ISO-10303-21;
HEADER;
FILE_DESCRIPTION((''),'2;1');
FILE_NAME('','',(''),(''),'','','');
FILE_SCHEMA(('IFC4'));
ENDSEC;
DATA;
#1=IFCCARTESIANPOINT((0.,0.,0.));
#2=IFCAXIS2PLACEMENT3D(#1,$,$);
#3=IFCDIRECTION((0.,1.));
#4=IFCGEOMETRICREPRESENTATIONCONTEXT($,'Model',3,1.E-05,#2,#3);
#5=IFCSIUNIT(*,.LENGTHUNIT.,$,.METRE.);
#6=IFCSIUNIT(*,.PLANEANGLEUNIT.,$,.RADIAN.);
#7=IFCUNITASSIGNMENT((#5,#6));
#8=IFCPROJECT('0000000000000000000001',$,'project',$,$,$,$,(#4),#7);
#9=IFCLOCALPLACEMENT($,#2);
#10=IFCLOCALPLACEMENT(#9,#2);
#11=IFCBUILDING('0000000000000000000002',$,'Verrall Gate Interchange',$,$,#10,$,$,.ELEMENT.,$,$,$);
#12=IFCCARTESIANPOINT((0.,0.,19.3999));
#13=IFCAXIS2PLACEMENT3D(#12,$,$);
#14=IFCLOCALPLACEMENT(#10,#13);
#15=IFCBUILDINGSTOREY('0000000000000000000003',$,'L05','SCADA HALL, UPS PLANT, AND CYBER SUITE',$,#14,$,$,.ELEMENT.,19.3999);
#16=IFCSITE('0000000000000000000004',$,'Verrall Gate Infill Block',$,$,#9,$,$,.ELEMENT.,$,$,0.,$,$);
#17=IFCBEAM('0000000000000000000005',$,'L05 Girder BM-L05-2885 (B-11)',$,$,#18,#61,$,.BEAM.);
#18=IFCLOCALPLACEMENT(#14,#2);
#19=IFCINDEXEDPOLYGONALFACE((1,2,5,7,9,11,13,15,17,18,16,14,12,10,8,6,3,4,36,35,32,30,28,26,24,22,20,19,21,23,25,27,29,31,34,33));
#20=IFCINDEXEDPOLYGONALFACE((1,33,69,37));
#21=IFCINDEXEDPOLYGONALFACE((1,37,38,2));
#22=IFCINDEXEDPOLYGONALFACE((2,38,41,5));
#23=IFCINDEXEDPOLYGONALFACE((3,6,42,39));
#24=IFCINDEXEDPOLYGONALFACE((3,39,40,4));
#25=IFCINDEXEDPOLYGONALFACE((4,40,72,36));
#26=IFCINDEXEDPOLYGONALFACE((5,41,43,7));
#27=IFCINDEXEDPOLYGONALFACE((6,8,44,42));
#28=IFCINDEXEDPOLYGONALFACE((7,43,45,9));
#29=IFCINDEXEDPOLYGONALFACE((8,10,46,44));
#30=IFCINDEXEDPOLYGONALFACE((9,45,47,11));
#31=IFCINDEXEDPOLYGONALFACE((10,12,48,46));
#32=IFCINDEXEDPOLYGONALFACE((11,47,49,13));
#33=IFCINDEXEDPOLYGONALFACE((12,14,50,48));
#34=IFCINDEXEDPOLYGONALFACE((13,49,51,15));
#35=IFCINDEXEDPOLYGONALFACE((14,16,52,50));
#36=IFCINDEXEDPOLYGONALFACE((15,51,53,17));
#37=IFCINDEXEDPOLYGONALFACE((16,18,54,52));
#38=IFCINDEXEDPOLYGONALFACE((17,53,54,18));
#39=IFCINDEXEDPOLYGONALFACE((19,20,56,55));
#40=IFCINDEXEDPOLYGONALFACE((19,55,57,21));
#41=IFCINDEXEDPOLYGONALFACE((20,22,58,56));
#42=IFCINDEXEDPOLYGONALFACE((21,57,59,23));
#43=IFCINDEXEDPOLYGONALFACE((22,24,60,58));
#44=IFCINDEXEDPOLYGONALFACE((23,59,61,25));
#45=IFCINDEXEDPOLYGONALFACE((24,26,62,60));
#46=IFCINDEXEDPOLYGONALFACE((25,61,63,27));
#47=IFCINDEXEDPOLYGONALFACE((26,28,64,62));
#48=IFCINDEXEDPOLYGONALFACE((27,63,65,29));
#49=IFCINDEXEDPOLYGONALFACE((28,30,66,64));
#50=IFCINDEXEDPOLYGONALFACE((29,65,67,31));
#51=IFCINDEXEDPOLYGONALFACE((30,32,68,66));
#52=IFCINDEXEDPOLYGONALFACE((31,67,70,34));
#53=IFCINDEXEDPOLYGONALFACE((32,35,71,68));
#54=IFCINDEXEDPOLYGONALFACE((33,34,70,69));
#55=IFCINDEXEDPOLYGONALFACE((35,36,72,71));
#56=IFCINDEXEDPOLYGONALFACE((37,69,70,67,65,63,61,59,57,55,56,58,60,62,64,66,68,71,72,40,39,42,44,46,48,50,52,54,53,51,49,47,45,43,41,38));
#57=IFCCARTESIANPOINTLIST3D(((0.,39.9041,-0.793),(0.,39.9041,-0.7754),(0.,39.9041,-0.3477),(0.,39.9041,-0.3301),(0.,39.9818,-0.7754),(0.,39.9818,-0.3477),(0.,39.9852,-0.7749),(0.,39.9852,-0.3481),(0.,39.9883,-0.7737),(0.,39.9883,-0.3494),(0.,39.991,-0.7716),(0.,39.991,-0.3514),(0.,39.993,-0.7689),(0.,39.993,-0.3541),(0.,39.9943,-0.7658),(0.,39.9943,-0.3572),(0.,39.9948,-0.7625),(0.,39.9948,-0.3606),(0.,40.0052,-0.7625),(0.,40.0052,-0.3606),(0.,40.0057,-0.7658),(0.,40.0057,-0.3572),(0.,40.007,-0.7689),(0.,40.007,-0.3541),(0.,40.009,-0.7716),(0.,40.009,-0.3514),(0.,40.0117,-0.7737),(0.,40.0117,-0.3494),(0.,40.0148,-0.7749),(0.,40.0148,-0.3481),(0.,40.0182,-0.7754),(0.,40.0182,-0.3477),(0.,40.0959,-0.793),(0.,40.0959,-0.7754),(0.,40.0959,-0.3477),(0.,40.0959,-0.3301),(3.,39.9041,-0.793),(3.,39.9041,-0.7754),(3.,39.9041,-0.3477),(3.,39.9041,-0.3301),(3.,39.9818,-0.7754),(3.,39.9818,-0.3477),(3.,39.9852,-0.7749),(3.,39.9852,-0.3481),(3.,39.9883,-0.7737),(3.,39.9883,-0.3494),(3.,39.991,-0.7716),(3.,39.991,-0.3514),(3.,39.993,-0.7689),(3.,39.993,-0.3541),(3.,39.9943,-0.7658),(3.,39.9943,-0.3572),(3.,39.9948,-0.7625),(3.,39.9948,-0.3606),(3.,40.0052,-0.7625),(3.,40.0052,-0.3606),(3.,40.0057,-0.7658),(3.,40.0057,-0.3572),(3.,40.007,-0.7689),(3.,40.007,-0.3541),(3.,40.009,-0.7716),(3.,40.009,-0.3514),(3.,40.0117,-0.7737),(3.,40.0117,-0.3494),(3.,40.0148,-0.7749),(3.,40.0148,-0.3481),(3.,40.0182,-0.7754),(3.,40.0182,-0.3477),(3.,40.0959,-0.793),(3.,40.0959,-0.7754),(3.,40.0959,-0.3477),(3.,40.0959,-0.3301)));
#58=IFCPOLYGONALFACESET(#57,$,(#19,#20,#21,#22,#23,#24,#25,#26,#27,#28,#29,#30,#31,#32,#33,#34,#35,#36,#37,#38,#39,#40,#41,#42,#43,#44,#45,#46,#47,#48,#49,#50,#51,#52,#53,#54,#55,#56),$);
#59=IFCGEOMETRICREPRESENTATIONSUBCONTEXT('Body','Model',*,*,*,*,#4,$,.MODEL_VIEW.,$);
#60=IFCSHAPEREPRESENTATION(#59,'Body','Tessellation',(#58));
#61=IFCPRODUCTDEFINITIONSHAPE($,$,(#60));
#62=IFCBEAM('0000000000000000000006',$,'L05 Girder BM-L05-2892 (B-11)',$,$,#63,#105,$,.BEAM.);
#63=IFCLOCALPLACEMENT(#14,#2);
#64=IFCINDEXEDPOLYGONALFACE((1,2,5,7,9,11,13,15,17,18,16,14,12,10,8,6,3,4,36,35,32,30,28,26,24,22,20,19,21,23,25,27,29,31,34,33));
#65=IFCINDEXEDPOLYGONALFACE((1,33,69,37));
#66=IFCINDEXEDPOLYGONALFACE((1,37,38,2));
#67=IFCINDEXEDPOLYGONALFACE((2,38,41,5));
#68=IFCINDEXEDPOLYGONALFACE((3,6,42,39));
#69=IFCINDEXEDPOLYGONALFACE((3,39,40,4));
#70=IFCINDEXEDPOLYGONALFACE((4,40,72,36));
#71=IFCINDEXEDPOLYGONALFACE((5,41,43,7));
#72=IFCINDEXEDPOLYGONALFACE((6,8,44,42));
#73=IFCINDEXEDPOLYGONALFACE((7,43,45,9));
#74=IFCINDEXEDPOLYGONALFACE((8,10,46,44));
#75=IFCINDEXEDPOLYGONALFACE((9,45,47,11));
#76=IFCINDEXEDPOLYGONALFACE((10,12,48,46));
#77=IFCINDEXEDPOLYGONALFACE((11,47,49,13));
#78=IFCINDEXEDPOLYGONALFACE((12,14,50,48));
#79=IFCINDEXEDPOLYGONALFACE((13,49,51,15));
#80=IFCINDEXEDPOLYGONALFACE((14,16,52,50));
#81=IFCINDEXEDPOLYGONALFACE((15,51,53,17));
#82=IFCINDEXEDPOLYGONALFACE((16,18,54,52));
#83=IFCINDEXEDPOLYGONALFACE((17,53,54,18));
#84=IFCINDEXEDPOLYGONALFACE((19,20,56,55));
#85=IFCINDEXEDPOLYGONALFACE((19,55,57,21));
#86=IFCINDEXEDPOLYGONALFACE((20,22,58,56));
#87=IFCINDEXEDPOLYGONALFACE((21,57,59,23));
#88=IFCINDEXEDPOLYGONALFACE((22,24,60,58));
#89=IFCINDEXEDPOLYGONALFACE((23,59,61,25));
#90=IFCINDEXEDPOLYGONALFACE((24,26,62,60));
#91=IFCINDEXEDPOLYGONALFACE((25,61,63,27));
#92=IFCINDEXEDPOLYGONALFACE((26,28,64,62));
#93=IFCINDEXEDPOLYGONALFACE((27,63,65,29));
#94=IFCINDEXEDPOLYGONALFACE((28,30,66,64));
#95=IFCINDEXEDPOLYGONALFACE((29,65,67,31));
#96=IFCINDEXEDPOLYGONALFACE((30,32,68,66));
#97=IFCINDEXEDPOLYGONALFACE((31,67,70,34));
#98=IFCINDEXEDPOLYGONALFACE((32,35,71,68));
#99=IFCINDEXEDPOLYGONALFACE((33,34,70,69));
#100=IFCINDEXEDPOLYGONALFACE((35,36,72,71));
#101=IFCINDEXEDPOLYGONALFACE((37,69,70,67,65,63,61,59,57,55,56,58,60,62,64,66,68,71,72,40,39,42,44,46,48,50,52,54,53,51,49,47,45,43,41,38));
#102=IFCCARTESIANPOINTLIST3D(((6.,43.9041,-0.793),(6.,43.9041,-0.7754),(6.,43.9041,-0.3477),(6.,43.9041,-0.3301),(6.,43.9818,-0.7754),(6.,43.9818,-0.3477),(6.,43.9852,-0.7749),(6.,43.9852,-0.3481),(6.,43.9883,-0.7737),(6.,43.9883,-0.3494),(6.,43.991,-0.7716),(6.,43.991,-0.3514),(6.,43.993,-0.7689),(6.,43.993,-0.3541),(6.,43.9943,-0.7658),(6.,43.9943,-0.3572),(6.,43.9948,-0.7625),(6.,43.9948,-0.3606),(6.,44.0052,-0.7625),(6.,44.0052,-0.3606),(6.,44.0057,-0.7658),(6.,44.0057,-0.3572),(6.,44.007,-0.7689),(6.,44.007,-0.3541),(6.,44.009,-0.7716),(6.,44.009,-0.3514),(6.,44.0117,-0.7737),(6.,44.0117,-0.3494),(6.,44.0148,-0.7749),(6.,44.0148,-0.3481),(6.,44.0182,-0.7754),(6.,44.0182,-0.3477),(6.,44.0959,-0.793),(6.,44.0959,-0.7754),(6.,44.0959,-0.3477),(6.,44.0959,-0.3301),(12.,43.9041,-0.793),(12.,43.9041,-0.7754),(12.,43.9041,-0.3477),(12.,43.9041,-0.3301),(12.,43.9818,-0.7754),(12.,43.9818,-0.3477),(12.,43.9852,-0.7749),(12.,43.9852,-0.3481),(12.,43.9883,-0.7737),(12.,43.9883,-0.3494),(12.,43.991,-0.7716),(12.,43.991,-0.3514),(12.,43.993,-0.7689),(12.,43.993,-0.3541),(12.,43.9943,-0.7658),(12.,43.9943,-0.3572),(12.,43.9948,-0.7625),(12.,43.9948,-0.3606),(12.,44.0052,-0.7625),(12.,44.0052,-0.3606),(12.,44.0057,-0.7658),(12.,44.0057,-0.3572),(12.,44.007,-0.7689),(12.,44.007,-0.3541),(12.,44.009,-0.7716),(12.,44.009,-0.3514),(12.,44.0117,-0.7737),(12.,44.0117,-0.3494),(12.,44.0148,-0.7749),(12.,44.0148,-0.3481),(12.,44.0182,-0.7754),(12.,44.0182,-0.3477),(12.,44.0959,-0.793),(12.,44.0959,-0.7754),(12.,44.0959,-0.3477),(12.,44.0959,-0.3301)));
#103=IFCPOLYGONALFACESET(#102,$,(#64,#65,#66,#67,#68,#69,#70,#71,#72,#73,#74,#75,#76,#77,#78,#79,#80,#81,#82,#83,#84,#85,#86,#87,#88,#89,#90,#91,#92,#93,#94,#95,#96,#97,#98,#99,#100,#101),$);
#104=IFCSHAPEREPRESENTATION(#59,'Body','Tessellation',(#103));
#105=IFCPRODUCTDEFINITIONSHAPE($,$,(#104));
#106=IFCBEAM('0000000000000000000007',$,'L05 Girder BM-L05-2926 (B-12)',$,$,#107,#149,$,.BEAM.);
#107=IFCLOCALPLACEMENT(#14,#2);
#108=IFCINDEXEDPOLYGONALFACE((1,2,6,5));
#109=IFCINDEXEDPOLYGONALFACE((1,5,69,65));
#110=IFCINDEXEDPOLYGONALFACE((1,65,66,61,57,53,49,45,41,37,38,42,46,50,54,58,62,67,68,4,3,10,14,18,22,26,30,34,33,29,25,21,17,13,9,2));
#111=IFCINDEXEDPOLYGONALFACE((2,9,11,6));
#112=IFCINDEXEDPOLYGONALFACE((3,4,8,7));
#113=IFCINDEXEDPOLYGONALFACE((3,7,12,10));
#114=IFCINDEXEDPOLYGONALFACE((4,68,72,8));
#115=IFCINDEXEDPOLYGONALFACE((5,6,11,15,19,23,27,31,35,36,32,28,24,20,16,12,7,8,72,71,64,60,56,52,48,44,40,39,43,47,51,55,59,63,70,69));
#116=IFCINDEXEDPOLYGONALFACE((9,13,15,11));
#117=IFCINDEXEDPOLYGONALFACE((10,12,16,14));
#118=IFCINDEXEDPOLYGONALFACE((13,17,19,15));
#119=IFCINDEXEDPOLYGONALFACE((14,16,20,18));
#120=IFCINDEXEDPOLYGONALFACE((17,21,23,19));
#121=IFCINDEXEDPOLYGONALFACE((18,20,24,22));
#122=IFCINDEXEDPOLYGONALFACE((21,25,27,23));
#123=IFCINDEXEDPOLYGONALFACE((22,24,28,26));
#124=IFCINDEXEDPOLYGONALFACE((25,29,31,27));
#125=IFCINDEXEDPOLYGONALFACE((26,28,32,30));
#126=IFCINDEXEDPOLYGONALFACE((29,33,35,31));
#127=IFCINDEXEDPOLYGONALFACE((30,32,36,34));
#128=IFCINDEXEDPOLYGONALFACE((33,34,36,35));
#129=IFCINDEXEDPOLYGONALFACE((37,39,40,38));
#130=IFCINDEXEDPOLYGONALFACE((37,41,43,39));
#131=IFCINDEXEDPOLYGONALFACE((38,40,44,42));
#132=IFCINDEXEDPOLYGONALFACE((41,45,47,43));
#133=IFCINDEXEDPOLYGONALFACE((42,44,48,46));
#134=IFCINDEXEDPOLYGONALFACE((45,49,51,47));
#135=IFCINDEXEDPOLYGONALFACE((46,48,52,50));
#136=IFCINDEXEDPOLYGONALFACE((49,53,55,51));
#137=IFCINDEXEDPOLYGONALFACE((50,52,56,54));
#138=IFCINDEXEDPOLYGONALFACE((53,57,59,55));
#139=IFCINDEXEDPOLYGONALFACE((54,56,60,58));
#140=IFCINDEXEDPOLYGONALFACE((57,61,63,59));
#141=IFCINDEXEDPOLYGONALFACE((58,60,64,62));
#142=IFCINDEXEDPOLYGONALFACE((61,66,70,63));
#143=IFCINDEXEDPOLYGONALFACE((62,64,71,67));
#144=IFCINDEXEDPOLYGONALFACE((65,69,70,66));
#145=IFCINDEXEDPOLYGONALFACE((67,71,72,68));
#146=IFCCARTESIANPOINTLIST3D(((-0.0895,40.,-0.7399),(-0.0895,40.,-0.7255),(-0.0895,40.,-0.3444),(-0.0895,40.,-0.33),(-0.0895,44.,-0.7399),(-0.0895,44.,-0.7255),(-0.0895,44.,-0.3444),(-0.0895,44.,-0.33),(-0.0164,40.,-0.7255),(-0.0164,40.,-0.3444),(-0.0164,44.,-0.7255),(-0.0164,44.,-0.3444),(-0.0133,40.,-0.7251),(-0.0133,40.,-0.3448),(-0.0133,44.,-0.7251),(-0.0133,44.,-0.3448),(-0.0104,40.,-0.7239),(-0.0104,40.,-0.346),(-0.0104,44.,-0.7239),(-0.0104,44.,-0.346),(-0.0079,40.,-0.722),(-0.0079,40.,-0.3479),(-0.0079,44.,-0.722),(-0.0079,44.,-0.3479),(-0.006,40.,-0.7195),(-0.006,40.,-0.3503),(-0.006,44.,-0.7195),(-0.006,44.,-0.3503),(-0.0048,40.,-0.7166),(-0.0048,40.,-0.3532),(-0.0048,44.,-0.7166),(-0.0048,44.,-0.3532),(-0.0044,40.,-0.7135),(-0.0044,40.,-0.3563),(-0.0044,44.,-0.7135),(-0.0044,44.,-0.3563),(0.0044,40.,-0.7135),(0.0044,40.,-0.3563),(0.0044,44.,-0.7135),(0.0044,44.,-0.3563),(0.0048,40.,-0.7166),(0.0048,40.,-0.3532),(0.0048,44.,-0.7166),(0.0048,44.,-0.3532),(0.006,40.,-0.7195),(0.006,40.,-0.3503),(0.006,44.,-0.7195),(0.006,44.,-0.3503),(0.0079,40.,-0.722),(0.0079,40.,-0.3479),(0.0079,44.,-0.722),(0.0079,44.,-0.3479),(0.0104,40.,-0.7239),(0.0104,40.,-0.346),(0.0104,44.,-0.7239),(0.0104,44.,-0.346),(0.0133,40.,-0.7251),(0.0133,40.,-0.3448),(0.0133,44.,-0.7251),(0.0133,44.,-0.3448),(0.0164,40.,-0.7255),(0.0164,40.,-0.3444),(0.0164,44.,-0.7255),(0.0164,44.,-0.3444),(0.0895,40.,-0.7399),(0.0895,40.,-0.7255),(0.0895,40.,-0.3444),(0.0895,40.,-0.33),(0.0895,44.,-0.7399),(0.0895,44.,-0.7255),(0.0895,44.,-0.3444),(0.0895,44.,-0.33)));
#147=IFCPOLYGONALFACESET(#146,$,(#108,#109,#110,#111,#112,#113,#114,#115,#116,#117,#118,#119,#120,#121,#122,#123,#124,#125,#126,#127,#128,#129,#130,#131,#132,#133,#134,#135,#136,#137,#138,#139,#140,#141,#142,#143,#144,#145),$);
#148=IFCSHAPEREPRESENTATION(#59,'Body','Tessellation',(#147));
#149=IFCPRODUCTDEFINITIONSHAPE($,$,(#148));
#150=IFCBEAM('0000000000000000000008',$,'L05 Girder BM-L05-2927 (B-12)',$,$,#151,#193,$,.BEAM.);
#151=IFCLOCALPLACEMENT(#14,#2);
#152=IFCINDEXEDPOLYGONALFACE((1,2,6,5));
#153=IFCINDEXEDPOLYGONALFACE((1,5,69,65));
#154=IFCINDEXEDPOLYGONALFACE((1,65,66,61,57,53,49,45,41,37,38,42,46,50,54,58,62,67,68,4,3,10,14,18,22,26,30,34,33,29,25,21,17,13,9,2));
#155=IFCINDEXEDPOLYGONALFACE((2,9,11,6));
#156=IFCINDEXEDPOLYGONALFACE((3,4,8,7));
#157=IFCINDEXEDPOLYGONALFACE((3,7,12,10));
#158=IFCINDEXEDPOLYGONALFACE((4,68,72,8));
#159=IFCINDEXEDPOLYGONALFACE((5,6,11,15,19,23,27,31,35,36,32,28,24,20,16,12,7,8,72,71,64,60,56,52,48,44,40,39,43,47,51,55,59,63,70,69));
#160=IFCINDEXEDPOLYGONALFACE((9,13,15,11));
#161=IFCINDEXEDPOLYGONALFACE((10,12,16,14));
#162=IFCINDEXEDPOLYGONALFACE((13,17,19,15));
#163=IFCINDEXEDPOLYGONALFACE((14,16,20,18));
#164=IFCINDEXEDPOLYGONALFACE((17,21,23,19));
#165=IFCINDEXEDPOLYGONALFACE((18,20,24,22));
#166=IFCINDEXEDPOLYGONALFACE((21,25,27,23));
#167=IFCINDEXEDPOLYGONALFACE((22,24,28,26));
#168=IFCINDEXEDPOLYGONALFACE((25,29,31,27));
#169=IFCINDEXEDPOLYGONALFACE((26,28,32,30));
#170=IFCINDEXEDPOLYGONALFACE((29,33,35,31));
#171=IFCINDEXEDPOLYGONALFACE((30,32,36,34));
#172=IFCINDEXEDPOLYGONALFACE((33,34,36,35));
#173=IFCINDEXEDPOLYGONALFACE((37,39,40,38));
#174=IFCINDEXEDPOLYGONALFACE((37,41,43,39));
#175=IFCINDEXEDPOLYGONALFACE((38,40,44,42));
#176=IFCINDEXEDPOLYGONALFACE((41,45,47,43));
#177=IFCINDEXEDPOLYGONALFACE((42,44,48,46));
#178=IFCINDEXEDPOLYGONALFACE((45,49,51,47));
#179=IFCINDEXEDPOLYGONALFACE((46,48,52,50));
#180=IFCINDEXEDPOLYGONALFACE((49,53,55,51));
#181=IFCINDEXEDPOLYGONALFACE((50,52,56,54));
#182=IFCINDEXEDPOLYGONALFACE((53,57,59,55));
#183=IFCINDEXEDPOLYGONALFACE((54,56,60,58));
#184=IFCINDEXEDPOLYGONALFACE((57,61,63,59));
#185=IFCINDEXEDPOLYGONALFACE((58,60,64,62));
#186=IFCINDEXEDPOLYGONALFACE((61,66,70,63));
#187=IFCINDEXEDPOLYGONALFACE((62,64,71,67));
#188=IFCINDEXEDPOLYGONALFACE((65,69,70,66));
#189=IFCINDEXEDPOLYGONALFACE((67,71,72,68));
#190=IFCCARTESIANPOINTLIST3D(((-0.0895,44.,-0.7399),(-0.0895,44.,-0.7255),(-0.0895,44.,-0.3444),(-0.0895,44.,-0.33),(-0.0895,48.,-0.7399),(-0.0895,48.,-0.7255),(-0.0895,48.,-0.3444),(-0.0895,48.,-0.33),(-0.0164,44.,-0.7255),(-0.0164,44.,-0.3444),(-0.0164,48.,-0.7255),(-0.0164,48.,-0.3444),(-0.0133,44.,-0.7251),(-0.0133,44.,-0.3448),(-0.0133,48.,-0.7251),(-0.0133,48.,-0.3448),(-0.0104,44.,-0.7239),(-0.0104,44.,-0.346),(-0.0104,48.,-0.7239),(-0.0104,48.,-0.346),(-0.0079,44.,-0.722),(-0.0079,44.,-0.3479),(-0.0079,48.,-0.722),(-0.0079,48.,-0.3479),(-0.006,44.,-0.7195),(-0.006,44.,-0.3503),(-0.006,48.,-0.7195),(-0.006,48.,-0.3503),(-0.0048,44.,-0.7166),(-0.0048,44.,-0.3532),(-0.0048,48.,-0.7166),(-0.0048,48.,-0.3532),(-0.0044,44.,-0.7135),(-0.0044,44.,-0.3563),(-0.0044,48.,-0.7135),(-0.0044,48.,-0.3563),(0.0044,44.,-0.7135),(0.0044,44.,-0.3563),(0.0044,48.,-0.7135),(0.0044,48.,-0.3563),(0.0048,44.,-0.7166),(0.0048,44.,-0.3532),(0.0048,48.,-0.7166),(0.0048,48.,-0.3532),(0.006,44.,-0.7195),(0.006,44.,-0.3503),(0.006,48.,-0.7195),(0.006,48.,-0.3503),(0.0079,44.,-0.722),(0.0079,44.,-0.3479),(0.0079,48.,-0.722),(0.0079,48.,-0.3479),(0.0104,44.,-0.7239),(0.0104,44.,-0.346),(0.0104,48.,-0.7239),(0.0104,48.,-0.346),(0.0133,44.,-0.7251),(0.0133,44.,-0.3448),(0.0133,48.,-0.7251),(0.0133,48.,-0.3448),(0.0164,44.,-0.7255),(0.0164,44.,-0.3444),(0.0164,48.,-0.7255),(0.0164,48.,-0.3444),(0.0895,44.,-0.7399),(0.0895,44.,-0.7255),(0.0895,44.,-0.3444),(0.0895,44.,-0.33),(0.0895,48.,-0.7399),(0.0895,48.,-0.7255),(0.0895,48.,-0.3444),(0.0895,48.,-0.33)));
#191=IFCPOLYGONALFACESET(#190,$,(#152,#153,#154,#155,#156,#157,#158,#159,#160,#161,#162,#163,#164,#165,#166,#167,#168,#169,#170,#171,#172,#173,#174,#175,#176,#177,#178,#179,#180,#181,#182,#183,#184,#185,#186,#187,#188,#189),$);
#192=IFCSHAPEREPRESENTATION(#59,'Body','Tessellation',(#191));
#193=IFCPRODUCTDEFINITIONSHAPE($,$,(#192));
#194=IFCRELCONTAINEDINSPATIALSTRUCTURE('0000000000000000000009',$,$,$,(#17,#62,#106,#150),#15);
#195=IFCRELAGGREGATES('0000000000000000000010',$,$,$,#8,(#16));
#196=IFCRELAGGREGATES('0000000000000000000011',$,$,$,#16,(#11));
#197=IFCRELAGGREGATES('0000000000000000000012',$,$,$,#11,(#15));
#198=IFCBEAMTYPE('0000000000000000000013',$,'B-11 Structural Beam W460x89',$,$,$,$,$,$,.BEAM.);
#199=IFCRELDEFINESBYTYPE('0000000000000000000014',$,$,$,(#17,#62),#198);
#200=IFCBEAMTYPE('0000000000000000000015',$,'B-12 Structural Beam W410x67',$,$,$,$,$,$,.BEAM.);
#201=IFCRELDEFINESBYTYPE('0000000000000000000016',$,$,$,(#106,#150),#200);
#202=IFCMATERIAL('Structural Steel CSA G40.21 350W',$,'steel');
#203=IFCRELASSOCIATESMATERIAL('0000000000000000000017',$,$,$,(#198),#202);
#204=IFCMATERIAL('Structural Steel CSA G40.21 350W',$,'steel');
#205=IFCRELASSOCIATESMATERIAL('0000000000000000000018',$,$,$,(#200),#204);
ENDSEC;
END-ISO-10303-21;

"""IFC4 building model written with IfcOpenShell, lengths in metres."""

from ifc_helpers import new_model, si_unit, direction, frame, origin, origin_2d, place, context, subcontext, project, spatial, i_section, extrude, material, material_profile, profile_set, type_object, element, save


model = new_model("IFC4")

# Units and contexts
model_context = context("Model", 3, precision=1e-05, world=origin(), true_north=direction((0.0, 1.0)))
body_context = subcontext(model_context, "Body", "Model", "MODEL_VIEW")
ifc_project = project(units=[si_unit("LENGTHUNIT", "METRE"), si_unit("PLANEANGLEUNIT", "RADIAN")], contexts=[model_context])

# Site, building, storey
site_placement = place(None, origin())
site = spatial("IfcSite", under=ifc_project, at=site_placement, Name="Verrall Gate Infill Block", CompositionType="ELEMENT", RefElevation=0.0)
building_placement = place(site_placement, origin())
building = spatial("IfcBuilding", under=site, at=building_placement, Name="Verrall Gate Interchange", CompositionType="ELEMENT")
storey_placement = place(building_placement, frame((0.0, 0.0, 19.3999)))
storey = spatial("IfcBuildingStorey", under=building, at=storey_placement, Name="L05", Description="SCADA HALL, UPS PLANT, AND CYBER SUITE", CompositionType="ELEMENT", Elevation=19.3999)

# Beams
ifc_material_1 = material(Name="Structural Steel CSA G40.21 350W", Category="steel")
ifc_material_profile_1 = material_profile(ifc_material_1, i_section(OverallWidth=0.1919, OverallDepth=0.4629, WebThickness=0.0105, FlangeThickness=0.0176, FilletRadius=0.0129, at=origin_2d()), Name="W460x89")
ifc_profile_set_1 = profile_set([ifc_material_profile_1], Name="Structural Steel CSA G40.21 350W")
beam_type_1 = type_object("IfcBeamType", Name="B-11 Structural Beam W460x89", PredefinedType="BEAM", material=ifc_profile_set_1)
beam_1_placement = place(storey_placement, frame((0.0, 40.0, -0.5615), z_axis=(1.0, 0.0, 0.0), x_axis=(0.0, 1.0, 0.0)))
element("IfcBeam", 1, at=beam_1_placement, inside=storey, type_object=beam_type_1, Name="L05 Girder BM-L05-2885 (B-11)", PredefinedType="BEAM", context=body_context, shape_type="SweptSolid", body=[
    extrude(i_section(OverallWidth=0.1919, OverallDepth=0.4629, WebThickness=0.0105, FlangeThickness=0.0176, FilletRadius=0.0129, at=origin_2d()), origin(), (0.0, 0.0, 1.0), 3.0),
])
beam_2_placement = place(storey_placement, frame((6.0, 44.0, -0.5615), z_axis=(1.0, 0.0, 0.0), x_axis=(0.0, 1.0, 0.0)))
element("IfcBeam", 2, at=beam_2_placement, inside=storey, type_object=beam_type_1, Name="L05 Girder BM-L05-2892 (B-11)", PredefinedType="BEAM", context=body_context, shape_type="SweptSolid", body=[
    extrude(i_section(OverallWidth=0.1919, OverallDepth=0.4629, WebThickness=0.0105, FlangeThickness=0.0176, FilletRadius=0.0129, at=origin_2d()), origin(), (0.0, 0.0, 1.0), 6.0),
])
ifc_material_2 = material(Name="Structural Steel CSA G40.21 350W", Category="steel")
ifc_material_profile_2 = material_profile(ifc_material_2, i_section(OverallWidth=0.179, OverallDepth=0.4099, WebThickness=0.0088, FlangeThickness=0.0144, FilletRadius=0.012, at=origin_2d()), Name="W410x67")
ifc_profile_set_2 = profile_set([ifc_material_profile_2], Name="Structural Steel CSA G40.21 350W")
beam_type_2 = type_object("IfcBeamType", Name="B-12 Structural Beam W410x67", PredefinedType="BEAM", material=ifc_profile_set_2)
for number, where, z_axis, x_axis, name in (
    (3, (0.0, 40.0, -0.5349), (0.0, 1.0, 0.0), (-1.0, 0.0, 0.0), "L05 Girder BM-L05-2926 (B-12)"),
    (4, (0.0, 44.0, -0.5349), (0.0, 1.0, 0.0), (-1.0, 0.0, 0.0), "L05 Girder BM-L05-2927 (B-12)"),
):
    element("IfcBeam", number, at=place(storey_placement, frame(where, z_axis=z_axis, x_axis=x_axis)), inside=storey, type_object=beam_type_2, Name=name, PredefinedType="BEAM", context=body_context, shape_type="SweptSolid", body=[
        extrude(i_section(OverallWidth=0.179, OverallDepth=0.4099, WebThickness=0.0088, FlangeThickness=0.0144, FilletRadius=0.012, at=origin_2d()), origin(), (0.0, 0.0, 1.0), 4.0),
    ])

save(model, "model.ifc")
